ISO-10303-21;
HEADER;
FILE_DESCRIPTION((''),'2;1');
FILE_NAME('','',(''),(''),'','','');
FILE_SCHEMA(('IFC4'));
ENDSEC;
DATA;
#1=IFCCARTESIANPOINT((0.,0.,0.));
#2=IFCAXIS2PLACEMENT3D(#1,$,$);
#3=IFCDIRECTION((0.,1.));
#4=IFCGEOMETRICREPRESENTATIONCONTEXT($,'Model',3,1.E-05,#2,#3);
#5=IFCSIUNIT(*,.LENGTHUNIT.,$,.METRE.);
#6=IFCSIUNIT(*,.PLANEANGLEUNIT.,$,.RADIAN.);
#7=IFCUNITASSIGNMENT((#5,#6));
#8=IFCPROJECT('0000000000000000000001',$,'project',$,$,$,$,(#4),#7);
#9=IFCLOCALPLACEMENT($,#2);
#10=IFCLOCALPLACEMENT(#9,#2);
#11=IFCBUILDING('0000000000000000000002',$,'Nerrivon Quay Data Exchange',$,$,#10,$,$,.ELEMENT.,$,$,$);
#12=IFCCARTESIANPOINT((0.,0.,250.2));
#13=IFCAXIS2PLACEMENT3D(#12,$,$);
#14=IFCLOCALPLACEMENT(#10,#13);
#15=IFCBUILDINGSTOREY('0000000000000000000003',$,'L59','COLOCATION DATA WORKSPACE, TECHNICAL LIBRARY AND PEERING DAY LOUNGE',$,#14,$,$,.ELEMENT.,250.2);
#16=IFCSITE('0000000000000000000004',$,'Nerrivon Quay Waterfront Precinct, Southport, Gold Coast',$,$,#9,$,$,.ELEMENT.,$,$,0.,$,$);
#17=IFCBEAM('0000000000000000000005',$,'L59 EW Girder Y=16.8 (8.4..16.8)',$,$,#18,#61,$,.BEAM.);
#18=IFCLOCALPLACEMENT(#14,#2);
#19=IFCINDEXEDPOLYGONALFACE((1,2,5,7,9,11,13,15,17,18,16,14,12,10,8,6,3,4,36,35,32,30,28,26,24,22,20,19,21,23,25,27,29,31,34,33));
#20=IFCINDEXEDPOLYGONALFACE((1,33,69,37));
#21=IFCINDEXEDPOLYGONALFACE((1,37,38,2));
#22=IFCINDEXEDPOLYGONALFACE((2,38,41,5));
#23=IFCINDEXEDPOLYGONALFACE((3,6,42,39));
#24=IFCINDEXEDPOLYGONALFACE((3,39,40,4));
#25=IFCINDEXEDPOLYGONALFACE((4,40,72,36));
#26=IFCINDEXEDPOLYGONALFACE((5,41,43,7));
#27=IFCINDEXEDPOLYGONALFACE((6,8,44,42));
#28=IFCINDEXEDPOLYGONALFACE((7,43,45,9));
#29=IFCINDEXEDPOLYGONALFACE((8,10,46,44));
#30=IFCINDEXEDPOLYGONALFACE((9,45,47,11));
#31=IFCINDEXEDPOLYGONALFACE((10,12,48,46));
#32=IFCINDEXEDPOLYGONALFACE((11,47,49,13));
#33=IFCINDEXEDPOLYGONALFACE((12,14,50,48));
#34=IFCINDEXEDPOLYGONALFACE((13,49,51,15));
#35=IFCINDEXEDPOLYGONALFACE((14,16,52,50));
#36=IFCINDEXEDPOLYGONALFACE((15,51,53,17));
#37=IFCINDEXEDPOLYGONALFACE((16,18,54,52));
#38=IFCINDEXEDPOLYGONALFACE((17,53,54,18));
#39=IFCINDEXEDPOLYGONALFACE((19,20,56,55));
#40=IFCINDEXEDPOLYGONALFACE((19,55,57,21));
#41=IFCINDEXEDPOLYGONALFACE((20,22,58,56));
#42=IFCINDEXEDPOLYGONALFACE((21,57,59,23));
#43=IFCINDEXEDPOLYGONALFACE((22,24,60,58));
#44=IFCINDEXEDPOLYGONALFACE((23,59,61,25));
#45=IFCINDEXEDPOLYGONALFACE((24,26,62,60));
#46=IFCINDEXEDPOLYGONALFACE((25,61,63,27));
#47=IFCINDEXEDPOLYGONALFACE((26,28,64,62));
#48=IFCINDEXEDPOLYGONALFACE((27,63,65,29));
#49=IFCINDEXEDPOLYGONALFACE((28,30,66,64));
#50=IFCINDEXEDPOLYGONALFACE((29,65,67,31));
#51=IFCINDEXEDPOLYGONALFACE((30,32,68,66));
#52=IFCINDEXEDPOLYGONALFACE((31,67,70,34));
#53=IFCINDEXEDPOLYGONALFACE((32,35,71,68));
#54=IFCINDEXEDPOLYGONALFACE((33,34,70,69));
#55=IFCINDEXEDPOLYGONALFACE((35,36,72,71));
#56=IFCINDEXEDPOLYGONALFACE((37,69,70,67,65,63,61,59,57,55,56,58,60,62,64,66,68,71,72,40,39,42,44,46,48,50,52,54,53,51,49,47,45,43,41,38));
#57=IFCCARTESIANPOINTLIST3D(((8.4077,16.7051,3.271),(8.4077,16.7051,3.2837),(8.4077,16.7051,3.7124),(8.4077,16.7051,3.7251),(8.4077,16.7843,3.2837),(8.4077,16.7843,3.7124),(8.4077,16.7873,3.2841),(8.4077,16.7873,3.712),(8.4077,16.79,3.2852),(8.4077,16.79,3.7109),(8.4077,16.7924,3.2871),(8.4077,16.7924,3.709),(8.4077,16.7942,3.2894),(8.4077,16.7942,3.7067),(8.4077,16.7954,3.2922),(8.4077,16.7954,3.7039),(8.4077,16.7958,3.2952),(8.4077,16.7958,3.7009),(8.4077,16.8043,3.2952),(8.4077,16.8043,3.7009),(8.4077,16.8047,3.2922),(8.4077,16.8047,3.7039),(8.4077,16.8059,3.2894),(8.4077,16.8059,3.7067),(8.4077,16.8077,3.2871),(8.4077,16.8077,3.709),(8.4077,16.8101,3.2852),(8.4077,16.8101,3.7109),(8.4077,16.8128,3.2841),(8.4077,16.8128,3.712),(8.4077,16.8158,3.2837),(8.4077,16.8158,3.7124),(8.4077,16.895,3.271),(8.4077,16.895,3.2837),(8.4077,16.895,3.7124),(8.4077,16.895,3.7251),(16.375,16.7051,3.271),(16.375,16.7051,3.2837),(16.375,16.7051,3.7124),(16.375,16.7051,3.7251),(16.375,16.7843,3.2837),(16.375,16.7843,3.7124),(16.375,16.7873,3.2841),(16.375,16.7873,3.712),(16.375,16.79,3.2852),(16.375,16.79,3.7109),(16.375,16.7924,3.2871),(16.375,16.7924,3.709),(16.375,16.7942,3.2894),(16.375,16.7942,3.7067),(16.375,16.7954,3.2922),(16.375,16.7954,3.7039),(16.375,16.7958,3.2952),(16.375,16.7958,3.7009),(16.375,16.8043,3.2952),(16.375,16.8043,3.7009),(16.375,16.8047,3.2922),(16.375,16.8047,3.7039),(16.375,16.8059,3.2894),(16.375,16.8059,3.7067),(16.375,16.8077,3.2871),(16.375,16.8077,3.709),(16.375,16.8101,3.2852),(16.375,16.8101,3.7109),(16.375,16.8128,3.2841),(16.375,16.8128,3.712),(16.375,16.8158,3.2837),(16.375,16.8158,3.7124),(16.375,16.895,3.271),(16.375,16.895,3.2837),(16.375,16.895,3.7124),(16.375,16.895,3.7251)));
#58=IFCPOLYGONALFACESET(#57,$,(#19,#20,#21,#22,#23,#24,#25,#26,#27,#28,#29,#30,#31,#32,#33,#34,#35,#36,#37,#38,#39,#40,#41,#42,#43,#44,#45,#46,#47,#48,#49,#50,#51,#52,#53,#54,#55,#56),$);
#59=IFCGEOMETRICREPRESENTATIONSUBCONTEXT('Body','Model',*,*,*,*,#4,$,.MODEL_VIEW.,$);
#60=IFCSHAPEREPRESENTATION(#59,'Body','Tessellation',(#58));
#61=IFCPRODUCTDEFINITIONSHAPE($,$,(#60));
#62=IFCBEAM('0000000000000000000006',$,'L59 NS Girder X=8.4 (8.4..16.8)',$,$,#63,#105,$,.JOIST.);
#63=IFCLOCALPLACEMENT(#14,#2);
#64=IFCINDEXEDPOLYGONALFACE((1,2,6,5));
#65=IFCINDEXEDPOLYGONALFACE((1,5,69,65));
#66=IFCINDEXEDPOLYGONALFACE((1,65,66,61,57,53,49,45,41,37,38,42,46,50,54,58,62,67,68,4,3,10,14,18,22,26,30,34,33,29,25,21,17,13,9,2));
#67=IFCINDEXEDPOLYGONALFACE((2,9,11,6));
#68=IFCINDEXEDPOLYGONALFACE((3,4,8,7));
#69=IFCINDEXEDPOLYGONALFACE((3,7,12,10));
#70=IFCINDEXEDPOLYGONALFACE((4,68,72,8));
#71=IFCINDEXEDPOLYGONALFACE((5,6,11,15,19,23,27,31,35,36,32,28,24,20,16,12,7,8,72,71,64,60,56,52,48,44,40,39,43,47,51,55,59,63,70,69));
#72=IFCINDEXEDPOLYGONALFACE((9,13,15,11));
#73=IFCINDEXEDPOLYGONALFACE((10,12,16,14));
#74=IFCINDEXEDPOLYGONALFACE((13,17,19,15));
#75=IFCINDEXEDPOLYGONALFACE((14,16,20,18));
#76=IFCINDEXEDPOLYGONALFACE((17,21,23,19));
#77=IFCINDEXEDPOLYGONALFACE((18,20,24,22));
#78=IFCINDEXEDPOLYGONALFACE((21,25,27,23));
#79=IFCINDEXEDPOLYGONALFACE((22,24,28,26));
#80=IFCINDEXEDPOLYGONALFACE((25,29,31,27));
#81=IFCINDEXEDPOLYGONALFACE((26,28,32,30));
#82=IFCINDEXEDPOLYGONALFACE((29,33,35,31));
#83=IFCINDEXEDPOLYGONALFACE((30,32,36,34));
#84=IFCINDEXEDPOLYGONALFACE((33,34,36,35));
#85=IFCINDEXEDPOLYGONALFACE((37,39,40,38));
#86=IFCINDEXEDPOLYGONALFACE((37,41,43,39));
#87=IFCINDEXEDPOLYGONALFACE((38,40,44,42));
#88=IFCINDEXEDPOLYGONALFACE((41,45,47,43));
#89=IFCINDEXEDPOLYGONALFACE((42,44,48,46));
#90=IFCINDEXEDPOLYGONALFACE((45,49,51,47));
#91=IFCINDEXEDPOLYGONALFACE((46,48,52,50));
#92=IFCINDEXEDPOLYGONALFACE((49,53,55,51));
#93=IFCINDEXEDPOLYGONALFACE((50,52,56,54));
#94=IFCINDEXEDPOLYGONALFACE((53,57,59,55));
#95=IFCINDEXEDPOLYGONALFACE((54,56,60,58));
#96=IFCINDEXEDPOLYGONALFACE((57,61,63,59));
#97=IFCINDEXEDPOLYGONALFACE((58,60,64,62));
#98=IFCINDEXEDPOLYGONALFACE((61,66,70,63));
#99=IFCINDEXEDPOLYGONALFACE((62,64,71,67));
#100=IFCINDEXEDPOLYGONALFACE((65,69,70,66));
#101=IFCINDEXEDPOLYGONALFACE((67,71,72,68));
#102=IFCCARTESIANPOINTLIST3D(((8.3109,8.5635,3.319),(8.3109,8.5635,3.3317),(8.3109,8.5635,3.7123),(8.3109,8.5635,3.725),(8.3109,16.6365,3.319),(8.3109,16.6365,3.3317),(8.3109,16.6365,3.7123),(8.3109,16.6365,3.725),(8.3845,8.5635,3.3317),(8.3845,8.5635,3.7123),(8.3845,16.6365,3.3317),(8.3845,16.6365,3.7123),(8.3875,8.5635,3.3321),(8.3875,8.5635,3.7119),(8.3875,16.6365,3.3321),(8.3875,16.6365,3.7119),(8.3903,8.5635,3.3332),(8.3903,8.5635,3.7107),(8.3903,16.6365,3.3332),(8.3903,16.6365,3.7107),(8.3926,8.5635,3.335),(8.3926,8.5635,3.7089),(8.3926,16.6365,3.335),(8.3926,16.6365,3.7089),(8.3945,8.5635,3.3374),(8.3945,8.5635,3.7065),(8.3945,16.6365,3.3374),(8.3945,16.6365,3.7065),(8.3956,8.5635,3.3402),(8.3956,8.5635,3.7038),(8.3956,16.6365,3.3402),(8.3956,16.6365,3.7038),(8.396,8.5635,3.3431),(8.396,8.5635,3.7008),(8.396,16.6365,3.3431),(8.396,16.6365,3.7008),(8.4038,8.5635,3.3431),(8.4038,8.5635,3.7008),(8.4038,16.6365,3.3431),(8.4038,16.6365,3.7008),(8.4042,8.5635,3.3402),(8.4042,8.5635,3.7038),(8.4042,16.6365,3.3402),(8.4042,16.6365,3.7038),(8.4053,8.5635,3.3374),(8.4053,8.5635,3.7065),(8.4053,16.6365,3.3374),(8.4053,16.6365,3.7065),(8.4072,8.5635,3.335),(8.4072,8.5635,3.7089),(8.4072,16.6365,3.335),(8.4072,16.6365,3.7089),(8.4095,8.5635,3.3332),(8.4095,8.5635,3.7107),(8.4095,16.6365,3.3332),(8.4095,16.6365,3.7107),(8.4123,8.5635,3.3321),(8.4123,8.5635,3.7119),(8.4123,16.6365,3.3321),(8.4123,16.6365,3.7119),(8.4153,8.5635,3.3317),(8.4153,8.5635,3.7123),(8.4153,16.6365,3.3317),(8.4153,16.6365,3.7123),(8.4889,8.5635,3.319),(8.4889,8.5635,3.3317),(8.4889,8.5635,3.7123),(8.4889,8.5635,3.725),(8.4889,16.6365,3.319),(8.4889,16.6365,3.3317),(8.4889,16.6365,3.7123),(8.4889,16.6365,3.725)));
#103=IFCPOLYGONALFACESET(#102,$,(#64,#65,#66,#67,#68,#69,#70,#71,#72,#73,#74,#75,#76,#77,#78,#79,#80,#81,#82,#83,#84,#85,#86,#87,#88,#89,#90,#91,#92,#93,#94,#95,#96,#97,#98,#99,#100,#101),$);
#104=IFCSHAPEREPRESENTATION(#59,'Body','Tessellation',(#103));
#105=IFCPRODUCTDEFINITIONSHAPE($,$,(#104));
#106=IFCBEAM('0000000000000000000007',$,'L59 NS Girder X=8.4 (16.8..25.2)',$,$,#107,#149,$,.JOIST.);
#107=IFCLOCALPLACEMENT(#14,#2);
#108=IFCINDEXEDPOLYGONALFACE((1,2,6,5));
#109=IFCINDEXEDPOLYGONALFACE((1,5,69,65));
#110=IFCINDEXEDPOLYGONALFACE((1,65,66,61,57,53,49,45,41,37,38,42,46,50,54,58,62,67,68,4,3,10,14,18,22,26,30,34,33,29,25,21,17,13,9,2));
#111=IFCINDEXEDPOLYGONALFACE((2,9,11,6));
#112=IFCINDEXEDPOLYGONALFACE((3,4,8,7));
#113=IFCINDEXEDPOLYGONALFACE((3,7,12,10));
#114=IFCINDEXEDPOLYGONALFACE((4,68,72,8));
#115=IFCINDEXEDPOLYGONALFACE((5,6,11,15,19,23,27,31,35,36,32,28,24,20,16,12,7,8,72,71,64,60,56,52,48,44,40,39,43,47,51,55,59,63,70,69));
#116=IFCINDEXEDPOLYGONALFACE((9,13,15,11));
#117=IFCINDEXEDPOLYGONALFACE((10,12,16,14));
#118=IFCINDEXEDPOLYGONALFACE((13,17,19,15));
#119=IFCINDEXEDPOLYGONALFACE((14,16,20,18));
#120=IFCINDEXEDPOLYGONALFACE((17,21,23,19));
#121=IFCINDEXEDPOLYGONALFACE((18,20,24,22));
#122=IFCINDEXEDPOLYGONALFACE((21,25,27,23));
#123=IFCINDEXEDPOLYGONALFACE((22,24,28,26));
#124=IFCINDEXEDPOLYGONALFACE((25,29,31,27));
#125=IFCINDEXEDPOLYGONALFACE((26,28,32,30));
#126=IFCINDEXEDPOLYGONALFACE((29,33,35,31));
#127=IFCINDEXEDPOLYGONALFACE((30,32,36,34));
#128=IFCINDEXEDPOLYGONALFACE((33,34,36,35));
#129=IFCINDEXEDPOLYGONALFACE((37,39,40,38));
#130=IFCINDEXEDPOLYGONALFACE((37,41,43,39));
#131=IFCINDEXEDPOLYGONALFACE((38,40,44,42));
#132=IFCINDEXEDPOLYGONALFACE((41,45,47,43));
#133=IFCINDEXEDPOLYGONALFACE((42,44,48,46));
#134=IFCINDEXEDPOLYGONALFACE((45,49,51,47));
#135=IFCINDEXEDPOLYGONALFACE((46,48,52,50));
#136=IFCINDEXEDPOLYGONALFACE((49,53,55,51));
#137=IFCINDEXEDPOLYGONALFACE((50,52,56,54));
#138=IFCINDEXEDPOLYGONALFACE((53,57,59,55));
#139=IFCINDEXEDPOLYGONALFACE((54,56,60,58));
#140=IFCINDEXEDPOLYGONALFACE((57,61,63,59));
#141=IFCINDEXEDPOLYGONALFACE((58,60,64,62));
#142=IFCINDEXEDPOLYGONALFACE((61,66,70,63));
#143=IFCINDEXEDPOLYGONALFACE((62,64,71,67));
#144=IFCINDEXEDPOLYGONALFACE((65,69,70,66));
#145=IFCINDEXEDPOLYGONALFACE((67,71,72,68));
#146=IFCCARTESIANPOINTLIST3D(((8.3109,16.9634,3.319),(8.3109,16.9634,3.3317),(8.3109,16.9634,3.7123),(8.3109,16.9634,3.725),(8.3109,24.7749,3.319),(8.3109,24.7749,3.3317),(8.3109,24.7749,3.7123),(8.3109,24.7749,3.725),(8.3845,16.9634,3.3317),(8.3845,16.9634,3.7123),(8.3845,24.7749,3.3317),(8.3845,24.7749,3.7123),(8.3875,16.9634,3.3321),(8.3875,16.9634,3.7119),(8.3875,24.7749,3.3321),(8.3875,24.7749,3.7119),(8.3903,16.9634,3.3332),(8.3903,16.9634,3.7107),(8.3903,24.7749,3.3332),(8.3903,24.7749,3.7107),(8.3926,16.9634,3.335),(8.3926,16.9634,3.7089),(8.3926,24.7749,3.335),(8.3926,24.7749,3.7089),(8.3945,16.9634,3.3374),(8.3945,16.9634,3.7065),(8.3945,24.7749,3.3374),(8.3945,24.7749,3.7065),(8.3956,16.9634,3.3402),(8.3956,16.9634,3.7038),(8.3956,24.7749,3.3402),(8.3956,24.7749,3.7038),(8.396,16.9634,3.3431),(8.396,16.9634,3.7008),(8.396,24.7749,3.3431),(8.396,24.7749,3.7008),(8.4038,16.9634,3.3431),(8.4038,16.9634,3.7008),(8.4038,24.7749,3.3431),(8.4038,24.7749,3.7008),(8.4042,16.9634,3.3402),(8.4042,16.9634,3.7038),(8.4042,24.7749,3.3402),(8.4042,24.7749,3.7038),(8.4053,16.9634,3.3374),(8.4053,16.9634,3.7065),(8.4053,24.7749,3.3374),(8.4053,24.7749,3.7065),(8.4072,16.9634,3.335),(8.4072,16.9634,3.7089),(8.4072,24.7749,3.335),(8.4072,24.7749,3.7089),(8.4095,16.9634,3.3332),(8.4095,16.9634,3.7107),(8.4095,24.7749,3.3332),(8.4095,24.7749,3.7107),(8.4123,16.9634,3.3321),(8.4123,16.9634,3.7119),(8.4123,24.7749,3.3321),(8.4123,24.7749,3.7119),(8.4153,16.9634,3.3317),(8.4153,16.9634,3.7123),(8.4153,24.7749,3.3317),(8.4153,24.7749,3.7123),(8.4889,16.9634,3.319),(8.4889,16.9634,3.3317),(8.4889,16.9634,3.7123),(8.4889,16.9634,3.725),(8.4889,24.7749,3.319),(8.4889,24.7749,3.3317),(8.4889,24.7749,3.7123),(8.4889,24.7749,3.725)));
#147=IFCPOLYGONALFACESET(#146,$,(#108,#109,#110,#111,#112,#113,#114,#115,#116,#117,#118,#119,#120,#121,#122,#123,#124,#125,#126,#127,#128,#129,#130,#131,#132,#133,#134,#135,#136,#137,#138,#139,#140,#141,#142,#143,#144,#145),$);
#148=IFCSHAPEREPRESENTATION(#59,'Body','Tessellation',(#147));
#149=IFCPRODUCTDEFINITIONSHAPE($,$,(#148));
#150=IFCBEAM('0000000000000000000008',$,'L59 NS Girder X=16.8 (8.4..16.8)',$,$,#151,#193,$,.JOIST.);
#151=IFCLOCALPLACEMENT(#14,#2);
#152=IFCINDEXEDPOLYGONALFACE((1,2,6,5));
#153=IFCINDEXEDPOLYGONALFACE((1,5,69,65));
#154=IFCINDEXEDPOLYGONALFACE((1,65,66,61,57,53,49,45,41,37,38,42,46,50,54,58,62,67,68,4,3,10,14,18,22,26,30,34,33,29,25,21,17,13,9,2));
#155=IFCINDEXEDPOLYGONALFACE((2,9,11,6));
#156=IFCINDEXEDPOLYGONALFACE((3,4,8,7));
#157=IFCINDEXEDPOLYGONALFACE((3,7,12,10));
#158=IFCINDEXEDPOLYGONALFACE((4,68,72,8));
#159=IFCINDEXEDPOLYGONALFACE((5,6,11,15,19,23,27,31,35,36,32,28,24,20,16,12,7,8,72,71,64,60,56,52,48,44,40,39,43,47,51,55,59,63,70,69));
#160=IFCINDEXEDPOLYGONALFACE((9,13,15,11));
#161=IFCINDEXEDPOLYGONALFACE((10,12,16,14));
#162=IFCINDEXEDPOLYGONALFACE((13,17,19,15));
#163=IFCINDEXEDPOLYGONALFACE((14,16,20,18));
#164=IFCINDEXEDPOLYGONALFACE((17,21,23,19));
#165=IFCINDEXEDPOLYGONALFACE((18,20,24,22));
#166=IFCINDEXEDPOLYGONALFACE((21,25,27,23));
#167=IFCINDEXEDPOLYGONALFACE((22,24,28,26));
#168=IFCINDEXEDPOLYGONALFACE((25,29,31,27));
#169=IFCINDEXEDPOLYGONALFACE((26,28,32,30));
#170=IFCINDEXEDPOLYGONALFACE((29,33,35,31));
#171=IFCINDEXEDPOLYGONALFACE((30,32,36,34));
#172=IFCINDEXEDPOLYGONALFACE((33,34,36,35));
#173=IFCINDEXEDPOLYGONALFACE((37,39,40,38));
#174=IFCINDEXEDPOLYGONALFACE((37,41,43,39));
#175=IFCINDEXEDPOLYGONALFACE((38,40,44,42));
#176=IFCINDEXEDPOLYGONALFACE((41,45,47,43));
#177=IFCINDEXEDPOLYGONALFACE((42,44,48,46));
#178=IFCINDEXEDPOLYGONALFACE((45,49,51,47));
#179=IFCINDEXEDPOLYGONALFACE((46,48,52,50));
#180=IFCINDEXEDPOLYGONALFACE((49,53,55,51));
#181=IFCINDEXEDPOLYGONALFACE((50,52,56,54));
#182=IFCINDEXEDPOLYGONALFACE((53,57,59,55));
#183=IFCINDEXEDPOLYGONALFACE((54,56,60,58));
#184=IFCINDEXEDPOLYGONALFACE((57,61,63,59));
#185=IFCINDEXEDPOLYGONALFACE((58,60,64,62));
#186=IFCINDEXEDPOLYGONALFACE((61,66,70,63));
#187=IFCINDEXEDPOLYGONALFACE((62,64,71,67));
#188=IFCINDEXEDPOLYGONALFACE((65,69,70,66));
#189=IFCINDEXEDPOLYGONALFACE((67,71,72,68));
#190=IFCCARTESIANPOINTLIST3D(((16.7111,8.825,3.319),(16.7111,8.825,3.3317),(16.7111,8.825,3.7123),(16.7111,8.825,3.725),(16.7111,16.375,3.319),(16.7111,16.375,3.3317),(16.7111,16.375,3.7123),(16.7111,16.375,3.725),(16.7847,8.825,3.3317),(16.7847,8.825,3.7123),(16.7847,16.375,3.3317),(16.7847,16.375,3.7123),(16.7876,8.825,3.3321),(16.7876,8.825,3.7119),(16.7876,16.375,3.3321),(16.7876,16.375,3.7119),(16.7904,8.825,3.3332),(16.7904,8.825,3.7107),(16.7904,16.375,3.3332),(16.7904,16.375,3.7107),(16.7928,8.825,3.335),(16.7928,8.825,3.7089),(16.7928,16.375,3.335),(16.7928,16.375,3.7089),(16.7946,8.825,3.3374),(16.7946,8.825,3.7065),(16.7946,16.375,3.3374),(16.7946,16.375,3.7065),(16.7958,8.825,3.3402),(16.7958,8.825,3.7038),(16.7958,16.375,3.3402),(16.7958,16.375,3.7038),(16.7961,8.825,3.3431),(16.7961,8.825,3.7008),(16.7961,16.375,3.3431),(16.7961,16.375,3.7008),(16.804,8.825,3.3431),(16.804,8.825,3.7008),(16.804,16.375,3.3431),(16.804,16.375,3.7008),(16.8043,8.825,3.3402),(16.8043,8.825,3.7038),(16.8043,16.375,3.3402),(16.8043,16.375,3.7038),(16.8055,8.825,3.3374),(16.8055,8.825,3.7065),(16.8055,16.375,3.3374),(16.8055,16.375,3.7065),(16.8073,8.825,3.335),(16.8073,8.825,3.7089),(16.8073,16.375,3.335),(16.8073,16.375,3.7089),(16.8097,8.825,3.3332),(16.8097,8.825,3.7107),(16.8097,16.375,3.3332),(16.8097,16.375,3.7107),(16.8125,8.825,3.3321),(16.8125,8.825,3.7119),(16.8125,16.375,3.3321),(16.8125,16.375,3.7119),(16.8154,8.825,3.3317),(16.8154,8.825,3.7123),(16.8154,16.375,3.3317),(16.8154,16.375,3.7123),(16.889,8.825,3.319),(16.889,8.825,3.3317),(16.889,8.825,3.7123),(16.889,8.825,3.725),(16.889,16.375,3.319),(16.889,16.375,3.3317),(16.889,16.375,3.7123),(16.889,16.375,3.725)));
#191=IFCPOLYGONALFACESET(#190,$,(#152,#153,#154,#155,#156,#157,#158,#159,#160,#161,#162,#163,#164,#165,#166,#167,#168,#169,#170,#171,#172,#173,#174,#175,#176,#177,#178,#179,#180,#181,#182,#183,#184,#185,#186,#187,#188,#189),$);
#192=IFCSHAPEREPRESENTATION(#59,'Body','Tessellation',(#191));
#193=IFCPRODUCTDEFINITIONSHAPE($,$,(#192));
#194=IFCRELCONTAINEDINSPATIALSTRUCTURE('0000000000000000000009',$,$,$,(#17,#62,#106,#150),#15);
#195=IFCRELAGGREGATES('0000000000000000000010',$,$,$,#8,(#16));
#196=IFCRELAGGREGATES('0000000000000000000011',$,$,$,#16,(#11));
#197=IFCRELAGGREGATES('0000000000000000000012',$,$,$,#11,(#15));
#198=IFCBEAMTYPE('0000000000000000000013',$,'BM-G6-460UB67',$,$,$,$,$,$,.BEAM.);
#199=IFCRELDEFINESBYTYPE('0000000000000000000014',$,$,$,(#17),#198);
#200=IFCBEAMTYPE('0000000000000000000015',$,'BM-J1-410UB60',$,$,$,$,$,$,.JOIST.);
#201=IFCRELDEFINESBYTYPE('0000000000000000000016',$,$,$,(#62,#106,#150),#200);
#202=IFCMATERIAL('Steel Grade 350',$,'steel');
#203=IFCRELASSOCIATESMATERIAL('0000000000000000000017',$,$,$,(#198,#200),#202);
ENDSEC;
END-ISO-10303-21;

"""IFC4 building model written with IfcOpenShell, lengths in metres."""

from ifc_helpers import new_model, si_unit, direction, frame, origin, origin_2d, place, context, subcontext, project, spatial, i_section, extrude, material, material_profile, profile_set, type_object, element, save


model = new_model("IFC4")

# Units and contexts
model_context = context("Model", 3, precision=1e-05, world=origin(), true_north=direction((0.0, 1.0)))
body_context = subcontext(model_context, "Body", "Model", "MODEL_VIEW")
ifc_project = project(units=[si_unit("LENGTHUNIT", "METRE"), si_unit("PLANEANGLEUNIT", "RADIAN")], contexts=[model_context])

# Site, building, storey
site_placement = place(None, origin())
site = spatial("IfcSite", under=ifc_project, at=site_placement, Name="Nerrivon Quay Waterfront Precinct, Southport, Gold Coast", CompositionType="ELEMENT", RefElevation=0.0)
building_placement = place(site_placement, origin())
building = spatial("IfcBuilding", under=site, at=building_placement, Name="Nerrivon Quay Data Exchange", CompositionType="ELEMENT")
storey_placement = place(building_placement, frame((0.0, 0.0, 250.2)))
storey = spatial("IfcBuildingStorey", under=building, at=storey_placement, Name="L59", Description="COLOCATION DATA WORKSPACE, TECHNICAL LIBRARY AND PEERING DAY LOUNGE", CompositionType="ELEMENT", Elevation=250.2)

# Shared definitions
ifc_material_1 = material(Name="Steel Grade 350", Category="steel")

# Beams
ifc_material_profile_1 = material_profile(ifc_material_1, i_section(OverallWidth=0.1899, OverallDepth=0.4541, WebThickness=0.0085, FlangeThickness=0.0127, FilletRadius=0.0115, at=origin_2d()), Name="460UB67.1")
ifc_profile_set_1 = profile_set([ifc_material_profile_1], Name="Steel Grade 350")
beam_type_1 = type_object("IfcBeamType", Name="BM-G6-460UB67", PredefinedType="BEAM", material=ifc_profile_set_1)
for number, where, z_axis, x_axis, name in (
    (1, (8.4077, 16.8, 3.498), (1.0, 0.0, 0.0), (0.0, 1.0, 0.0), "L59 EW Girder Y=16.8 (8.4..16.8)"),
):
    element("IfcBeam", number, at=place(storey_placement, frame(where, z_axis=z_axis, x_axis=x_axis)), inside=storey, type_object=beam_type_1, Name=name, PredefinedType="BEAM", context=body_context, shape_type="SweptSolid", body=[
        extrude(i_section(OverallWidth=0.1899, OverallDepth=0.4541, WebThickness=0.0085, FlangeThickness=0.0127, FilletRadius=0.0115, at=origin_2d()), origin(), (0.0, 0.0, 1.0), 7.9673),
    ])
ifc_material_profile_2 = material_profile(ifc_material_1, i_section(OverallWidth=0.178, OverallDepth=0.406, WebThickness=0.0078, FlangeThickness=0.0127, FilletRadius=0.0115, at=origin_2d()), Name="410UB59.7")
ifc_profile_set_2 = profile_set([ifc_material_profile_2], Name="Steel Grade 350")
beam_type_2 = type_object("IfcBeamType", Name="BM-J1-410UB60", PredefinedType="JOIST", material=ifc_profile_set_2)
beam_1_placement = place(storey_placement, frame((8.3999, 8.5635, 3.522), z_axis=(0.0, 1.0, 0.0), x_axis=(-1.0, 0.0, 0.0)))
element("IfcBeam", 2, at=beam_1_placement, inside=storey, type_object=beam_type_2, Name="L59 NS Girder X=8.4 (8.4..16.8)", PredefinedType="JOIST", context=body_context, shape_type="SweptSolid", body=[
    extrude(i_section(OverallWidth=0.178, OverallDepth=0.406, WebThickness=0.0078, FlangeThickness=0.0127, FilletRadius=0.0115, at=origin_2d()), origin(), (0.0, 0.0, 1.0), 8.073),
])
beam_2_placement = place(storey_placement, frame((8.3999, 16.9634, 3.522), z_axis=(0.0, 1.0, 0.0), x_axis=(-1.0, 0.0, 0.0)))
element("IfcBeam", 3, at=beam_2_placement, inside=storey, type_object=beam_type_2, Name="L59 NS Girder X=8.4 (16.8..25.2)", PredefinedType="JOIST", context=body_context, shape_type="SweptSolid", body=[
    extrude(i_section(OverallWidth=0.178, OverallDepth=0.406, WebThickness=0.0078, FlangeThickness=0.0127, FilletRadius=0.0115, at=origin_2d()), origin(), (0.0, 0.0, 1.0), 7.8115),
])
beam_3_placement = place(storey_placement, frame((16.8, 8.825, 3.522), z_axis=(0.0, 1.0, 0.0), x_axis=(-1.0, 0.0, 0.0)))
element("IfcBeam", 4, at=beam_3_placement, inside=storey, type_object=beam_type_2, Name="L59 NS Girder X=16.8 (8.4..16.8)", PredefinedType="JOIST", context=body_context, shape_type="SweptSolid", body=[
    extrude(i_section(OverallWidth=0.178, OverallDepth=0.406, WebThickness=0.0078, FlangeThickness=0.0127, FilletRadius=0.0115, at=origin_2d()), origin(), (0.0, 0.0, 1.0), 7.55),
])

save(model, "model.ifc")
